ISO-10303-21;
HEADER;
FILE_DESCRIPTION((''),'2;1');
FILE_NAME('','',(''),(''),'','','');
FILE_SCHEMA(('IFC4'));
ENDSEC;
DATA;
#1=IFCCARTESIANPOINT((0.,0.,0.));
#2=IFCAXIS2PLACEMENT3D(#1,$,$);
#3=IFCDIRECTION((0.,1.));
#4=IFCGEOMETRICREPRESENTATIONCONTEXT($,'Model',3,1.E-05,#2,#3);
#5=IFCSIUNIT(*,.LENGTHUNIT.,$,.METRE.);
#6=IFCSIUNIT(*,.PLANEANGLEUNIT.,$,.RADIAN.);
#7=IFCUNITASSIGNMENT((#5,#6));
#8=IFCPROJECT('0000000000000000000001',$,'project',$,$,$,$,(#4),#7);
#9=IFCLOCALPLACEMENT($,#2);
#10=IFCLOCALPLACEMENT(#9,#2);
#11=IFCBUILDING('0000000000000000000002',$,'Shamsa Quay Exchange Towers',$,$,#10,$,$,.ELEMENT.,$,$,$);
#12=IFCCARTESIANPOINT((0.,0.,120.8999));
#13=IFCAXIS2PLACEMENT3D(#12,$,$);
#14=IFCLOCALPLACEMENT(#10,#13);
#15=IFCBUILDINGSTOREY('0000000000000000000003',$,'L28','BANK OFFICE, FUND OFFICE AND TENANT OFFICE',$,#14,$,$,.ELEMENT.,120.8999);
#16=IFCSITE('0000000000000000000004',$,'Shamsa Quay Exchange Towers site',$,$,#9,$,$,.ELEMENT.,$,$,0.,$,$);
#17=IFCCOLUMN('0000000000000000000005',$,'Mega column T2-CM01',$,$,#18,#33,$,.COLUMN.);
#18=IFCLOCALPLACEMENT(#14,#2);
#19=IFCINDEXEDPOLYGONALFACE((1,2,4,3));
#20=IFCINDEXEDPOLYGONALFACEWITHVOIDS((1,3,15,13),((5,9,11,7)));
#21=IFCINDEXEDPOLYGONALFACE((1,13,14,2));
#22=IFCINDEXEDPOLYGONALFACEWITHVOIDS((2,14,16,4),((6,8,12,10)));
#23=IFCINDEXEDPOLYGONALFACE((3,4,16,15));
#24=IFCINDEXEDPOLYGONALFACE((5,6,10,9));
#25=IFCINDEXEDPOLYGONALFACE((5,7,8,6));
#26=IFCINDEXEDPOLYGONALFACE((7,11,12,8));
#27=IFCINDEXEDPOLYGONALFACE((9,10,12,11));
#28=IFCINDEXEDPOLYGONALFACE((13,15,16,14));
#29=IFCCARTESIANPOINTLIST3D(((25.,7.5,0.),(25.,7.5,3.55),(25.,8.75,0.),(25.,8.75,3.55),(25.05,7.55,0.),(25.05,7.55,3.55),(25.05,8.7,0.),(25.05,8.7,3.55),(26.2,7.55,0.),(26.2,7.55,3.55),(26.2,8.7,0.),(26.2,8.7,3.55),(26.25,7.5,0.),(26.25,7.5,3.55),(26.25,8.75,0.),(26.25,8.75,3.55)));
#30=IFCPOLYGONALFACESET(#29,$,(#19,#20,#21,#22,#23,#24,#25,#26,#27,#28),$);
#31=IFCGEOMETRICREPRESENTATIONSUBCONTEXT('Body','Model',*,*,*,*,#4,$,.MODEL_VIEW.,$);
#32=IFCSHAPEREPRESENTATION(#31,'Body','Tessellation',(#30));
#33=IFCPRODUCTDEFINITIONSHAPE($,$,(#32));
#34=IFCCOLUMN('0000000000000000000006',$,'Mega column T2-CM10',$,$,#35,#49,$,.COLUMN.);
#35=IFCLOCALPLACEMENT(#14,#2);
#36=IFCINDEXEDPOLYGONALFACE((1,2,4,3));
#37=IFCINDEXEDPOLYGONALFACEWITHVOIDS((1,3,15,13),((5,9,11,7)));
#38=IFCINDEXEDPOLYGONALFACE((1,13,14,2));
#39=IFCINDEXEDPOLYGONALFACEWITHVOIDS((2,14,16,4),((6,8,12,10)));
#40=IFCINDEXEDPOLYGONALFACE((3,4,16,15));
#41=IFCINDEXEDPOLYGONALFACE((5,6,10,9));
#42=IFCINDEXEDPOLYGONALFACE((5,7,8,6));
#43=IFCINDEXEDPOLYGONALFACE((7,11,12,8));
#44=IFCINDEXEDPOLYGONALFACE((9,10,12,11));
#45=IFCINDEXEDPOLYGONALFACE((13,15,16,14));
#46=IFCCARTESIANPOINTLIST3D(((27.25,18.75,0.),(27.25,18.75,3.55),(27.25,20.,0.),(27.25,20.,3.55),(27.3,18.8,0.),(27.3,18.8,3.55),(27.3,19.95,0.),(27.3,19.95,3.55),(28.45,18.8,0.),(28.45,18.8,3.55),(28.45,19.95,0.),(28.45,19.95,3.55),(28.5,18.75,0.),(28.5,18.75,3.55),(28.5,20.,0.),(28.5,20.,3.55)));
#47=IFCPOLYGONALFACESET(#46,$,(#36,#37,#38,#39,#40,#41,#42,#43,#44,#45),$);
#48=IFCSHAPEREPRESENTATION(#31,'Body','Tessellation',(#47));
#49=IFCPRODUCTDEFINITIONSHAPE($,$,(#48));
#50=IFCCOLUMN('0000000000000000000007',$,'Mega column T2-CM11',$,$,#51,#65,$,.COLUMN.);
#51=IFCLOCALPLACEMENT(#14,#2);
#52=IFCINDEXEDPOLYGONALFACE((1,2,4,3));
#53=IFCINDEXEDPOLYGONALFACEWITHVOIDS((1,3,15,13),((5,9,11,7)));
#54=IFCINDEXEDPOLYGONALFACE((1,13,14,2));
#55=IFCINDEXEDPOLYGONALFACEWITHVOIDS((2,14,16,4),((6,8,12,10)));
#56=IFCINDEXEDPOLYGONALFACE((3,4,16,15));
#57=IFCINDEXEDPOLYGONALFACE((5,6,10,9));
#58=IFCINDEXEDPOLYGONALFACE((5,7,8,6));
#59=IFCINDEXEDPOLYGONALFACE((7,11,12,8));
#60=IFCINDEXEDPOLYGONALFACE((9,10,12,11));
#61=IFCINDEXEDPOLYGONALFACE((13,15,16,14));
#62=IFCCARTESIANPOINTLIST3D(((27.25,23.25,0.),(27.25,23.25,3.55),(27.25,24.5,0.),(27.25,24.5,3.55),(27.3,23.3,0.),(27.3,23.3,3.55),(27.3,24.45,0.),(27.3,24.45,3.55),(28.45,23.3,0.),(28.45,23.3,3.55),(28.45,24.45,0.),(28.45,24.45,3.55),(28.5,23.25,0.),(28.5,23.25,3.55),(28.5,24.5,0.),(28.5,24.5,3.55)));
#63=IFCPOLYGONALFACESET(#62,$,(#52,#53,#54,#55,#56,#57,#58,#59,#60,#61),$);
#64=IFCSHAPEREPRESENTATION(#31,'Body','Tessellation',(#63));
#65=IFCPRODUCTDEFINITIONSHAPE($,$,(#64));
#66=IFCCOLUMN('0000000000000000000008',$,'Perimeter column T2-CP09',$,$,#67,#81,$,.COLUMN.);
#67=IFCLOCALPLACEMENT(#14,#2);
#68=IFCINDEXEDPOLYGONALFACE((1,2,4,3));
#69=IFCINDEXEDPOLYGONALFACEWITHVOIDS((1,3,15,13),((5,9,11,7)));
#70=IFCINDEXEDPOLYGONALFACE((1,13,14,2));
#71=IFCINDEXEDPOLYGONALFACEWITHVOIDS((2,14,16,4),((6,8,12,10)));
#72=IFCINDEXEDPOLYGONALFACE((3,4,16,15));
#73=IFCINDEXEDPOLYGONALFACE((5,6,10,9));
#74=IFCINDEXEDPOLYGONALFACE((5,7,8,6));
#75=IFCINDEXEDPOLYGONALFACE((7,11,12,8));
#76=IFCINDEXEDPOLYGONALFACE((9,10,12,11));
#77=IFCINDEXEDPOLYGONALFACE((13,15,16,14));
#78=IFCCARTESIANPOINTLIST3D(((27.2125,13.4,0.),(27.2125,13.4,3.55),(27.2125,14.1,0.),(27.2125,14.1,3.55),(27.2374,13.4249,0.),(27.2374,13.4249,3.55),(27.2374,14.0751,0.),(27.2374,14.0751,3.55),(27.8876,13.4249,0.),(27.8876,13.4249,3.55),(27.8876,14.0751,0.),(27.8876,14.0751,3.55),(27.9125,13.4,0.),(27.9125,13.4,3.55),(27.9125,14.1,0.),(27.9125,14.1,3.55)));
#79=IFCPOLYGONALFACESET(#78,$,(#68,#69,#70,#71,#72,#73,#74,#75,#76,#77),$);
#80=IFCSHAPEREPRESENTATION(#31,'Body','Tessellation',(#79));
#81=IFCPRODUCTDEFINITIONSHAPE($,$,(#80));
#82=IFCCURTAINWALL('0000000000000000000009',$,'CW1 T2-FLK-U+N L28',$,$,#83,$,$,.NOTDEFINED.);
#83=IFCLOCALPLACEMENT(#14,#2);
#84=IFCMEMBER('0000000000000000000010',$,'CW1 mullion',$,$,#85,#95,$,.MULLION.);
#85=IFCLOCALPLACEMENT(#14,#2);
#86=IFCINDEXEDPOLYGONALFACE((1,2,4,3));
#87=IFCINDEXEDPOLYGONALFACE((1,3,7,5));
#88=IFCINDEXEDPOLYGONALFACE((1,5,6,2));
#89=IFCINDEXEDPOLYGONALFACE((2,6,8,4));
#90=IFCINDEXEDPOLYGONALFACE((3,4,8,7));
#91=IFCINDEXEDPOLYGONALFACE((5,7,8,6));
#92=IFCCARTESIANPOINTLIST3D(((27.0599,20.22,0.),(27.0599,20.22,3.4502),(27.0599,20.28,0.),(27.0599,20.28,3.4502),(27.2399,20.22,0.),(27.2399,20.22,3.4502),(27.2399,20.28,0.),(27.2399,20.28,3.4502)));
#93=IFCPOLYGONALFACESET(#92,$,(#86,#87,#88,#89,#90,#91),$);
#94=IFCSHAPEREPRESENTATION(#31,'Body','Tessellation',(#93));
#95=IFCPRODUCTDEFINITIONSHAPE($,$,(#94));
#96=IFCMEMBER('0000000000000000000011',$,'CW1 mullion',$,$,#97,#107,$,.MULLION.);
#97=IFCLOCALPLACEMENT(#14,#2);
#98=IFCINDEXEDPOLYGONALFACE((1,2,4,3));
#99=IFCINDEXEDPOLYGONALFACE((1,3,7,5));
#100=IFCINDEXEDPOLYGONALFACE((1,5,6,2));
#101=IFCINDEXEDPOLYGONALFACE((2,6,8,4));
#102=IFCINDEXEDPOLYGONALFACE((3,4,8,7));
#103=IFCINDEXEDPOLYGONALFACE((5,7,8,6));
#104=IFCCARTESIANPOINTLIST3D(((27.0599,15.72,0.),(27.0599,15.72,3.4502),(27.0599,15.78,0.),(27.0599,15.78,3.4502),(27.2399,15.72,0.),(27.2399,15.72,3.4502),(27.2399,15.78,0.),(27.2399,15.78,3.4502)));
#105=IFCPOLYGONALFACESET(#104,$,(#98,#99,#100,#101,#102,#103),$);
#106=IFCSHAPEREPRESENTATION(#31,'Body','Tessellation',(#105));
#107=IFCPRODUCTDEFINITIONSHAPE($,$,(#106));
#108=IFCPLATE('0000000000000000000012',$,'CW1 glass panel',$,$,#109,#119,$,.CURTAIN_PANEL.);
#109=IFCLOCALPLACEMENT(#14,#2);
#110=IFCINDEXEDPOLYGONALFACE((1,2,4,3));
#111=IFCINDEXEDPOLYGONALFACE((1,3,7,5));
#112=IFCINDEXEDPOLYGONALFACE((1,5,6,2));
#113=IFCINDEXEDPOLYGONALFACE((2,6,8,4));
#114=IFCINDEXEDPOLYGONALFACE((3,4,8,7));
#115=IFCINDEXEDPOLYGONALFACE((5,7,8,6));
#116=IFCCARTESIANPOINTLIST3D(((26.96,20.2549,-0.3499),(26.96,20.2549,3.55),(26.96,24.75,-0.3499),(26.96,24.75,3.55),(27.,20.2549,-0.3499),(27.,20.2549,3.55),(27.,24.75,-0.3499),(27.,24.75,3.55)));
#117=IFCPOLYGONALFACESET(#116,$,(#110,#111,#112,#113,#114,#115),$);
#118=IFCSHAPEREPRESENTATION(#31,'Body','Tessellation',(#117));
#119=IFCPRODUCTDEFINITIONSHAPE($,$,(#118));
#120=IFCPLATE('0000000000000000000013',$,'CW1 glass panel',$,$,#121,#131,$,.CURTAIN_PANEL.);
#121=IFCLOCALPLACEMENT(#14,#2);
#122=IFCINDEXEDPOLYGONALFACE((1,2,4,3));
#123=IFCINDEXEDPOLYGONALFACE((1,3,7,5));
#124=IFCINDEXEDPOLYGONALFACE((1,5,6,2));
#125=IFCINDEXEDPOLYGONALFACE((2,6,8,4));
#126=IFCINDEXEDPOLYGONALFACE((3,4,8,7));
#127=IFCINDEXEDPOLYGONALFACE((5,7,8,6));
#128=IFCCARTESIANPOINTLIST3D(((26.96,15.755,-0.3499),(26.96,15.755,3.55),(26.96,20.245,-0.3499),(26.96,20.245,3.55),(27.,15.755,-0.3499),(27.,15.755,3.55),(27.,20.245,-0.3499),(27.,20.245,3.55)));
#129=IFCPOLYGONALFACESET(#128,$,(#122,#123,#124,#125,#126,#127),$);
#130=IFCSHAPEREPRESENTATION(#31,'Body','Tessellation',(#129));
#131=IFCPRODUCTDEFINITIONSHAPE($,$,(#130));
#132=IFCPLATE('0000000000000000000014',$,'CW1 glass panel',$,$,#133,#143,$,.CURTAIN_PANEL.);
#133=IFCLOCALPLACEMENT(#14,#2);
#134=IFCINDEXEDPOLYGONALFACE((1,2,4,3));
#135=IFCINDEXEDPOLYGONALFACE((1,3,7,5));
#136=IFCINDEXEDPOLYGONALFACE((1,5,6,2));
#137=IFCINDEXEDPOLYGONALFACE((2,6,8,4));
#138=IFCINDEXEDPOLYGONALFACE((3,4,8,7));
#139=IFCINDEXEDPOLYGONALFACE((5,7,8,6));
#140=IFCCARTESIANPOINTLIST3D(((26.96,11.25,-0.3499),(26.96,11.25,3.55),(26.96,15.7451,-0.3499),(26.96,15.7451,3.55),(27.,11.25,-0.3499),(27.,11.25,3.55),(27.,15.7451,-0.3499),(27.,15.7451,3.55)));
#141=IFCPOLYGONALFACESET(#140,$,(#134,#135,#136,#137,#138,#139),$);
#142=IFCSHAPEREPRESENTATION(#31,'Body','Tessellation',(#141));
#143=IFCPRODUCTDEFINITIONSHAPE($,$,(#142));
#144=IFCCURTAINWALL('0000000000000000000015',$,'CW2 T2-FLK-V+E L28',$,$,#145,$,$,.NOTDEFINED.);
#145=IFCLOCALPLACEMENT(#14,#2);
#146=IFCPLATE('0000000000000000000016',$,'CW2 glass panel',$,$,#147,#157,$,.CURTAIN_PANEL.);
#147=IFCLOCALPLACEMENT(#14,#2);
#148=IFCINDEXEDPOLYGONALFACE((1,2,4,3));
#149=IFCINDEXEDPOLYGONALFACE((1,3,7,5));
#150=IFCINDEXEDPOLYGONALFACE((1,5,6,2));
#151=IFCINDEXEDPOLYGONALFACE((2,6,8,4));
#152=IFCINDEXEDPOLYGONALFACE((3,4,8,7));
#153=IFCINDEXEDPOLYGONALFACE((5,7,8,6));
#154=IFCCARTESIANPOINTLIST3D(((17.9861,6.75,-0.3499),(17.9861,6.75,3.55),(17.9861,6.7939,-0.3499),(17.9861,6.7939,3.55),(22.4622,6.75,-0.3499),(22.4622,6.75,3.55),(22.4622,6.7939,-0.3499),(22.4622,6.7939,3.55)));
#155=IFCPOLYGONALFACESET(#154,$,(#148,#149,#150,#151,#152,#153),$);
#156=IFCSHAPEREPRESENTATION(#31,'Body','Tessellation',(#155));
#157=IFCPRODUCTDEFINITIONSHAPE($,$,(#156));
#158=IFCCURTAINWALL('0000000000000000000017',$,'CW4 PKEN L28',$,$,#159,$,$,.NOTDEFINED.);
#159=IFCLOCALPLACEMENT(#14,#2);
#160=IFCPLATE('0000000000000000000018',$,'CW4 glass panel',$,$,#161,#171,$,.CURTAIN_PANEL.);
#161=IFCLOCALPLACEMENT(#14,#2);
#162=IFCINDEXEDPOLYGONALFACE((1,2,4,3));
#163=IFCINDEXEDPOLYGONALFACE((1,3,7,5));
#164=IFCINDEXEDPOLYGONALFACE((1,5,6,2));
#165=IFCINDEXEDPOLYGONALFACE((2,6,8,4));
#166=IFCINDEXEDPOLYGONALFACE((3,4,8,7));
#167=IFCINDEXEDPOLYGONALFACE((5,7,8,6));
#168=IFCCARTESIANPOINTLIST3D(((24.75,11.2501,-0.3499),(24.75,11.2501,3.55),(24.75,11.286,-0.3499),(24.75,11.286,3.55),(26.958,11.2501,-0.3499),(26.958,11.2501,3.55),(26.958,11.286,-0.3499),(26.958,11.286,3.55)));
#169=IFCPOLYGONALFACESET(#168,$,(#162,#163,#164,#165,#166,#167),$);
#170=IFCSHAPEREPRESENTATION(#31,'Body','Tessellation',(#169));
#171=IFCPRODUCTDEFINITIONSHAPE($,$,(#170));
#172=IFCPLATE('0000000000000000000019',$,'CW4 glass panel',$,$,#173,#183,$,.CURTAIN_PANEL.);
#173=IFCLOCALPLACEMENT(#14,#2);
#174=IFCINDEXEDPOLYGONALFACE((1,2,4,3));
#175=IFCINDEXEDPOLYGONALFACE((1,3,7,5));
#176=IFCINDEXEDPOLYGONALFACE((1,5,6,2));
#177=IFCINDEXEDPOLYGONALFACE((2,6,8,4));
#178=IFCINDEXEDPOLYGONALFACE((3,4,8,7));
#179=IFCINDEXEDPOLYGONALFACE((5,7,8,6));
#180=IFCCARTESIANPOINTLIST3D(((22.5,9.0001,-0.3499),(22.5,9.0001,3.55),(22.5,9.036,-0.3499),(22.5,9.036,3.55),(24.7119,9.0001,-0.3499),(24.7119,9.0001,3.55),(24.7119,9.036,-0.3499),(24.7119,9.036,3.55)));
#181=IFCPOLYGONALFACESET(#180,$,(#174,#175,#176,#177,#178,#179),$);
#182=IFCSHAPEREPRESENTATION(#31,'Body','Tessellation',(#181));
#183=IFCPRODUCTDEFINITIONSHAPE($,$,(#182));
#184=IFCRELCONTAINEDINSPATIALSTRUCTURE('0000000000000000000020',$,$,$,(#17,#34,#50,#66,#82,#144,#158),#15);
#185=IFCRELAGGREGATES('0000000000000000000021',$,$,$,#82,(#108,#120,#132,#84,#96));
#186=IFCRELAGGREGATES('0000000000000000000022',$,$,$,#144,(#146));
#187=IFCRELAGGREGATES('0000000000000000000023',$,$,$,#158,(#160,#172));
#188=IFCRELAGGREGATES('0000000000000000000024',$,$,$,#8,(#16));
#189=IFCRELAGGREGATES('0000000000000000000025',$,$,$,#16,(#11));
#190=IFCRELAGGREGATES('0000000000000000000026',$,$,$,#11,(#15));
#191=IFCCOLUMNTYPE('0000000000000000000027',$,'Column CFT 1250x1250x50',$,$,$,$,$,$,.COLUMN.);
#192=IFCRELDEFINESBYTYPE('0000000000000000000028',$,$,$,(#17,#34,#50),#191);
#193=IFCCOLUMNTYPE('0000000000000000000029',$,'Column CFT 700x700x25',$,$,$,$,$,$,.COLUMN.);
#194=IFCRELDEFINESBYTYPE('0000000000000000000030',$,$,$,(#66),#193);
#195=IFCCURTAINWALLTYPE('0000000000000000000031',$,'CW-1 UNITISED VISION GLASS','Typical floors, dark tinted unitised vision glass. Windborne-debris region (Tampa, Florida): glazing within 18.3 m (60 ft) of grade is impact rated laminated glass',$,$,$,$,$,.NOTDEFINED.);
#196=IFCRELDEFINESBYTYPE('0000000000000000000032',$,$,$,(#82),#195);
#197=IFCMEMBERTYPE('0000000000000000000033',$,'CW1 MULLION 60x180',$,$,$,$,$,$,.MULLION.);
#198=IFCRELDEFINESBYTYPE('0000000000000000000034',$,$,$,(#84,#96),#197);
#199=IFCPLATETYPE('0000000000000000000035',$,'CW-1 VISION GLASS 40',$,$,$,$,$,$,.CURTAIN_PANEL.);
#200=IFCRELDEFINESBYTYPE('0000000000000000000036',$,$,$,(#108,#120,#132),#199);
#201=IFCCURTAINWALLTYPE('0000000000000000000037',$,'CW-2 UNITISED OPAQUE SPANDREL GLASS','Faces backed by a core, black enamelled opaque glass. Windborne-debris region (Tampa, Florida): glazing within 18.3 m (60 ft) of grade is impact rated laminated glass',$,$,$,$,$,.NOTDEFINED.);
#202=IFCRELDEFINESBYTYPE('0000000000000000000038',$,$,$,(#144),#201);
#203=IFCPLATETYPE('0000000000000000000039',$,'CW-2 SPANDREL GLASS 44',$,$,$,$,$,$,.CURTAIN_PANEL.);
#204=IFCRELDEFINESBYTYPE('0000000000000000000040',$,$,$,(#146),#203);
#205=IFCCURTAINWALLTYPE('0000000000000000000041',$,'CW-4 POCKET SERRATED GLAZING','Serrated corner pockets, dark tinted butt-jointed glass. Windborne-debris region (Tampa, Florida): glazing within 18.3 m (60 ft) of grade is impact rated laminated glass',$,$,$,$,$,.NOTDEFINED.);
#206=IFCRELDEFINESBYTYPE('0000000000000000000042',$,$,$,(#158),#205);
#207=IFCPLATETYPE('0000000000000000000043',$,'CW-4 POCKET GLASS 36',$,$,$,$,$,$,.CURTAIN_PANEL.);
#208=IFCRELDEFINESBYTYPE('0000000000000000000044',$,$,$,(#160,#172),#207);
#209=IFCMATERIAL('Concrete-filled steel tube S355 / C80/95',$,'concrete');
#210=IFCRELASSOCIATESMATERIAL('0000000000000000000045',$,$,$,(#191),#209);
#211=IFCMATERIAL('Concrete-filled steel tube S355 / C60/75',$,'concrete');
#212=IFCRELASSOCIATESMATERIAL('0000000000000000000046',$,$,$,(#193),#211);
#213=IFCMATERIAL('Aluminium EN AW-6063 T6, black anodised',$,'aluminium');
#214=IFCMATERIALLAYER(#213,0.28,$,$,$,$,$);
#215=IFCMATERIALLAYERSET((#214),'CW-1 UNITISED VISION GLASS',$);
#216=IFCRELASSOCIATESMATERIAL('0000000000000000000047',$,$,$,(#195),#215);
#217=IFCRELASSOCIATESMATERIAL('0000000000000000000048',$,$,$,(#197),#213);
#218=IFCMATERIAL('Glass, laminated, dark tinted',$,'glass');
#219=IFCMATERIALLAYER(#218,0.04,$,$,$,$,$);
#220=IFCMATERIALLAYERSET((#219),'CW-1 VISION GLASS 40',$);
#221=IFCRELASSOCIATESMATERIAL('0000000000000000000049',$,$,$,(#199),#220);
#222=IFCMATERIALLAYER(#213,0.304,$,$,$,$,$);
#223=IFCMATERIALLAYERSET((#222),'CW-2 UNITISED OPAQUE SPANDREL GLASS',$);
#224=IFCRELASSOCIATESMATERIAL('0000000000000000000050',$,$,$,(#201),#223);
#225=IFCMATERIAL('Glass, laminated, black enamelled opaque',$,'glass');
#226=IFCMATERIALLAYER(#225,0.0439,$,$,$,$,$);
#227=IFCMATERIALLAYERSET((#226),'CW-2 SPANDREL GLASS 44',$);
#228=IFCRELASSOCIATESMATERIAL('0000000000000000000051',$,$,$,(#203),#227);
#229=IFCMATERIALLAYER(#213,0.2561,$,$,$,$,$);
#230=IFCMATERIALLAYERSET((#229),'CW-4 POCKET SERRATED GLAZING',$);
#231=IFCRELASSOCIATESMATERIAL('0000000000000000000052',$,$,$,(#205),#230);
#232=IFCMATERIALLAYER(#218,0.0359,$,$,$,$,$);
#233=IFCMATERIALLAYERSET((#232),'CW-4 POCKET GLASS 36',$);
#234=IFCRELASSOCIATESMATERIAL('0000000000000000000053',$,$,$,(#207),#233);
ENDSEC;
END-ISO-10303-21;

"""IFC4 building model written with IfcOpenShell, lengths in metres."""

from ifc_helpers import new_model, si_unit, direction, frame, origin, origin_2d, place, context, subcontext, project, spatial, rectangle, hollow_rectangle, extrude, material, layer, layer_set, material_profile, profile_set, type_object, element, aggregate, save


model = new_model("IFC4")

# Units and contexts
model_context = context("Model", 3, precision=1e-05, world=origin(), true_north=direction((0.0, 1.0)))
body_context = subcontext(model_context, "Body", "Model", "MODEL_VIEW")
ifc_project = project(units=[si_unit("LENGTHUNIT", "METRE"), si_unit("PLANEANGLEUNIT", "RADIAN")], contexts=[model_context])

# Site, building, storey
site_placement = place(None, origin())
site = spatial("IfcSite", under=ifc_project, at=site_placement, Name="Shamsa Quay Exchange Towers site", CompositionType="ELEMENT", RefElevation=0.0)
building_placement = place(site_placement, origin())
building = spatial("IfcBuilding", under=site, at=building_placement, Name="Shamsa Quay Exchange Towers", CompositionType="ELEMENT")
storey_placement = place(building_placement, frame((0.0, 0.0, 120.8999)))
storey = spatial("IfcBuildingStorey", under=building, at=storey_placement, Name="L28", Description="BANK OFFICE, FUND OFFICE AND TENANT OFFICE", CompositionType="ELEMENT", Elevation=120.8999)

# Columns
ifc_material_1 = material(Name="Concrete-filled steel tube S355 / C80/95", Category="concrete")
ifc_material_profile_1 = material_profile(ifc_material_1, hollow_rectangle(XDim=1.25, YDim=1.25, WallThickness=0.05, at=origin_2d()), Name="CFT 1250x1250x50")
ifc_profile_set_1 = profile_set([ifc_material_profile_1], Name="Concrete-filled steel tube S355 / C80/95")
column_type_1 = type_object("IfcColumnType", Name="Column CFT 1250x1250x50", PredefinedType="COLUMN", material=ifc_profile_set_1)
for number, where, name in (
    (1, (25.625, 8.125, 0.0), "Mega column T2-CM01"),
    (2, (27.875, 19.375, 0.0), "Mega column T2-CM10"),
    (3, (27.875, 23.875, 0.0), "Mega column T2-CM11"),
):
    element("IfcColumn", number, at=place(storey_placement, frame(where)), inside=storey, type_object=column_type_1, Name=name, PredefinedType="COLUMN", context=body_context, shape_type="SweptSolid", body=[
        extrude(hollow_rectangle(XDim=1.25, YDim=1.25, WallThickness=0.05, at=origin_2d()), origin(), (0.0, 0.0, 1.0), 3.55),
    ])
ifc_material_2 = material(Name="Concrete-filled steel tube S355 / C60/75", Category="concrete")
ifc_material_profile_2 = material_profile(ifc_material_2, hollow_rectangle(XDim=0.7, YDim=0.7, WallThickness=0.0249, at=origin_2d()), Name="CFT 700x700x25")
ifc_profile_set_2 = profile_set([ifc_material_profile_2], Name="Concrete-filled steel tube S355 / C60/75")
column_type_2 = type_object("IfcColumnType", Name="Column CFT 700x700x25", PredefinedType="COLUMN", material=ifc_profile_set_2)
column_placement = place(storey_placement, frame((27.5625, 13.75, 0.0)))
element("IfcColumn", 4, at=column_placement, inside=storey, type_object=column_type_2, Name="Perimeter column T2-CP09", PredefinedType="COLUMN", context=body_context, shape_type="SweptSolid", body=[
    extrude(hollow_rectangle(XDim=0.7, YDim=0.7, WallThickness=0.0249, at=origin_2d()), origin(), (0.0, 0.0, 1.0), 3.55),
])

# Curtain wall, members, plates
ifc_material_3 = material(Name="Aluminium EN AW-6063 T6, black anodised", Category="aluminium")
ifc_layer_1 = layer(ifc_material_3, 0.28)
ifc_layer_set_1 = layer_set([ifc_layer_1], Name="CW-1 UNITISED VISION GLASS")
curtain_wall_type_1 = type_object("IfcCurtainWallType", Name="CW-1 UNITISED VISION GLASS", Description="Typical floors, dark tinted unitised vision glass. Windborne-debris region (Tampa, Florida): glazing within 18.3 m (60 ft) of grade is impact rated laminated glass", PredefinedType="NOTDEFINED", material=ifc_layer_set_1)
curtain_wall_1_placement = place(storey_placement, origin())
curtain_wall_1 = element("IfcCurtainWall", 5, at=curtain_wall_1_placement, inside=storey, type_object=curtain_wall_type_1, Name="CW1 T2-FLK-U+N L28", PredefinedType="NOTDEFINED")
ifc_material_profile_3 = material_profile(ifc_material_3, rectangle(XDim=0.1799, YDim=0.0601, at=origin_2d()), Name="MU60x180")
ifc_profile_set_3 = profile_set([ifc_material_profile_3], Name="Aluminium EN AW-6063 T6, black anodised")
member_type = type_object("IfcMemberType", Name="CW1 MULLION 60x180", PredefinedType="MULLION", material=ifc_profile_set_3)
member_1_placement = place(storey_placement, frame((27.1499, 20.25, 0.0)))
member_1 = element("IfcMember", 6, at=member_1_placement, type_object=member_type, Name="CW1 mullion", PredefinedType="MULLION", context=body_context, shape_type="SweptSolid", body=[
    extrude(rectangle(XDim=0.1799, YDim=0.0601, at=origin_2d()), origin(), (0.0, 0.0, 1.0), 3.4502),
])
member_2_placement = place(storey_placement, frame((27.1499, 15.75, 0.0)))
member_2 = element("IfcMember", 7, at=member_2_placement, type_object=member_type, Name="CW1 mullion", PredefinedType="MULLION", context=body_context, shape_type="SweptSolid", body=[
    extrude(rectangle(XDim=0.1799, YDim=0.0601, at=origin_2d()), origin(), (0.0, 0.0, 1.0), 3.4502),
])
ifc_material_4 = material(Name="Glass, laminated, dark tinted", Category="glass")
ifc_layer_2 = layer(ifc_material_4, 0.04)
ifc_layer_set_2 = layer_set([ifc_layer_2], Name="CW-1 VISION GLASS 40")
plate_type_1 = type_object("IfcPlateType", Name="CW-1 VISION GLASS 40", PredefinedType="CURTAIN_PANEL", material=ifc_layer_set_2)
plate_1_placement = place(storey_placement, frame((26.98, 22.5024, -0.3499), z_axis=(0.0, 0.0, 1.0), x_axis=(0.0, -1.0, 0.0)))
plate_1 = element("IfcPlate", 8, at=plate_1_placement, type_object=plate_type_1, Name="CW1 glass panel", PredefinedType="CURTAIN_PANEL", context=body_context, shape_type="SweptSolid", body=[
    extrude(rectangle(XDim=4.4951, YDim=0.04, at=origin_2d()), origin(), (0.0, 0.0, 1.0), 3.8999),
])
plate_2_placement = place(storey_placement, frame((26.98, 18.0, -0.3499), z_axis=(0.0, 0.0, 1.0), x_axis=(0.0, -1.0, 0.0)))
plate_2 = element("IfcPlate", 9, at=plate_2_placement, type_object=plate_type_1, Name="CW1 glass panel", PredefinedType="CURTAIN_PANEL", context=body_context, shape_type="SweptSolid", body=[
    extrude(rectangle(XDim=4.49, YDim=0.04, at=origin_2d()), origin(), (0.0, 0.0, 1.0), 3.8999),
])
plate_3_placement = place(storey_placement, frame((26.98, 13.4976, -0.3499), z_axis=(0.0, 0.0, 1.0), x_axis=(0.0, -1.0, 0.0)))
plate_3 = element("IfcPlate", 10, at=plate_3_placement, type_object=plate_type_1, Name="CW1 glass panel", PredefinedType="CURTAIN_PANEL", context=body_context, shape_type="SweptSolid", body=[
    extrude(rectangle(XDim=4.4951, YDim=0.04, at=origin_2d()), origin(), (0.0, 0.0, 1.0), 3.8999),
])
aggregate(curtain_wall_1, [plate_1, plate_2, plate_3, member_1, member_2])

# Curtain wall, plate
ifc_layer_3 = layer(ifc_material_3, 0.304)
ifc_layer_set_3 = layer_set([ifc_layer_3], Name="CW-2 UNITISED OPAQUE SPANDREL GLASS")
curtain_wall_type_2 = type_object("IfcCurtainWallType", Name="CW-2 UNITISED OPAQUE SPANDREL GLASS", Description="Faces backed by a core, black enamelled opaque glass. Windborne-debris region (Tampa, Florida): glazing within 18.3 m (60 ft) of grade is impact rated laminated glass", PredefinedType="NOTDEFINED", material=ifc_layer_set_3)
curtain_wall_2_placement = place(storey_placement, origin())
curtain_wall_2 = element("IfcCurtainWall", 11, at=curtain_wall_2_placement, inside=storey, type_object=curtain_wall_type_2, Name="CW2 T2-FLK-V+E L28", PredefinedType="NOTDEFINED")
ifc_material_5 = material(Name="Glass, laminated, black enamelled opaque", Category="glass")
ifc_layer_4 = layer(ifc_material_5, 0.0439)
ifc_layer_set_4 = layer_set([ifc_layer_4], Name="CW-2 SPANDREL GLASS 44")
plate_type_2 = type_object("IfcPlateType", Name="CW-2 SPANDREL GLASS 44", PredefinedType="CURTAIN_PANEL", material=ifc_layer_set_4)
plate_4_placement = place(storey_placement, frame((20.2241, 6.772, -0.3499), z_axis=(0.0, 0.0, 1.0), x_axis=(-1.0, 0.0, 0.0)))
plate_4 = element("IfcPlate", 12, at=plate_4_placement, type_object=plate_type_2, Name="CW2 glass panel", PredefinedType="CURTAIN_PANEL", context=body_context, shape_type="SweptSolid", body=[
    extrude(rectangle(XDim=4.4761, YDim=0.0439, at=origin_2d()), origin(), (0.0, 0.0, 1.0), 3.8999),
])
aggregate(curtain_wall_2, [plate_4])

# Curtain wall, plates
ifc_layer_5 = layer(ifc_material_3, 0.2561)
ifc_layer_set_5 = layer_set([ifc_layer_5], Name="CW-4 POCKET SERRATED GLAZING")
curtain_wall_type_3 = type_object("IfcCurtainWallType", Name="CW-4 POCKET SERRATED GLAZING", Description="Serrated corner pockets, dark tinted butt-jointed glass. Windborne-debris region (Tampa, Florida): glazing within 18.3 m (60 ft) of grade is impact rated laminated glass", PredefinedType="NOTDEFINED", material=ifc_layer_set_5)
curtain_wall_3_placement = place(storey_placement, origin())
curtain_wall_3 = element("IfcCurtainWall", 13, at=curtain_wall_3_placement, inside=storey, type_object=curtain_wall_type_3, Name="CW4 PKEN L28", PredefinedType="NOTDEFINED")
ifc_layer_6 = layer(ifc_material_4, 0.0359)
ifc_layer_set_6 = layer_set([ifc_layer_6], Name="CW-4 POCKET GLASS 36")
plate_type_3 = type_object("IfcPlateType", Name="CW-4 POCKET GLASS 36", PredefinedType="CURTAIN_PANEL", material=ifc_layer_set_6)
plate_5_placement = place(storey_placement, frame((25.854, 11.2681, -0.3499), z_axis=(0.0, 0.0, 1.0), x_axis=(-1.0, 0.0, 0.0)))
plate_5 = element("IfcPlate", 14, at=plate_5_placement, type_object=plate_type_3, Name="CW4 glass panel", PredefinedType="CURTAIN_PANEL", context=body_context, shape_type="SweptSolid", body=[
    extrude(rectangle(XDim=2.208, YDim=0.0359, at=origin_2d()), origin(), (0.0, 0.0, 1.0), 3.8999),
])
plate_6_placement = place(storey_placement, frame((23.606, 9.0181, -0.3499), z_axis=(0.0, 0.0, 1.0), x_axis=(-1.0, 0.0, 0.0)))
plate_6 = element("IfcPlate", 15, at=plate_6_placement, type_object=plate_type_3, Name="CW4 glass panel", PredefinedType="CURTAIN_PANEL", context=body_context, shape_type="SweptSolid", body=[
    extrude(rectangle(XDim=2.2119, YDim=0.0359, at=origin_2d()), origin(), (0.0, 0.0, 1.0), 3.8999),
])
aggregate(curtain_wall_3, [plate_5, plate_6])

save(model, "model.ifc")
